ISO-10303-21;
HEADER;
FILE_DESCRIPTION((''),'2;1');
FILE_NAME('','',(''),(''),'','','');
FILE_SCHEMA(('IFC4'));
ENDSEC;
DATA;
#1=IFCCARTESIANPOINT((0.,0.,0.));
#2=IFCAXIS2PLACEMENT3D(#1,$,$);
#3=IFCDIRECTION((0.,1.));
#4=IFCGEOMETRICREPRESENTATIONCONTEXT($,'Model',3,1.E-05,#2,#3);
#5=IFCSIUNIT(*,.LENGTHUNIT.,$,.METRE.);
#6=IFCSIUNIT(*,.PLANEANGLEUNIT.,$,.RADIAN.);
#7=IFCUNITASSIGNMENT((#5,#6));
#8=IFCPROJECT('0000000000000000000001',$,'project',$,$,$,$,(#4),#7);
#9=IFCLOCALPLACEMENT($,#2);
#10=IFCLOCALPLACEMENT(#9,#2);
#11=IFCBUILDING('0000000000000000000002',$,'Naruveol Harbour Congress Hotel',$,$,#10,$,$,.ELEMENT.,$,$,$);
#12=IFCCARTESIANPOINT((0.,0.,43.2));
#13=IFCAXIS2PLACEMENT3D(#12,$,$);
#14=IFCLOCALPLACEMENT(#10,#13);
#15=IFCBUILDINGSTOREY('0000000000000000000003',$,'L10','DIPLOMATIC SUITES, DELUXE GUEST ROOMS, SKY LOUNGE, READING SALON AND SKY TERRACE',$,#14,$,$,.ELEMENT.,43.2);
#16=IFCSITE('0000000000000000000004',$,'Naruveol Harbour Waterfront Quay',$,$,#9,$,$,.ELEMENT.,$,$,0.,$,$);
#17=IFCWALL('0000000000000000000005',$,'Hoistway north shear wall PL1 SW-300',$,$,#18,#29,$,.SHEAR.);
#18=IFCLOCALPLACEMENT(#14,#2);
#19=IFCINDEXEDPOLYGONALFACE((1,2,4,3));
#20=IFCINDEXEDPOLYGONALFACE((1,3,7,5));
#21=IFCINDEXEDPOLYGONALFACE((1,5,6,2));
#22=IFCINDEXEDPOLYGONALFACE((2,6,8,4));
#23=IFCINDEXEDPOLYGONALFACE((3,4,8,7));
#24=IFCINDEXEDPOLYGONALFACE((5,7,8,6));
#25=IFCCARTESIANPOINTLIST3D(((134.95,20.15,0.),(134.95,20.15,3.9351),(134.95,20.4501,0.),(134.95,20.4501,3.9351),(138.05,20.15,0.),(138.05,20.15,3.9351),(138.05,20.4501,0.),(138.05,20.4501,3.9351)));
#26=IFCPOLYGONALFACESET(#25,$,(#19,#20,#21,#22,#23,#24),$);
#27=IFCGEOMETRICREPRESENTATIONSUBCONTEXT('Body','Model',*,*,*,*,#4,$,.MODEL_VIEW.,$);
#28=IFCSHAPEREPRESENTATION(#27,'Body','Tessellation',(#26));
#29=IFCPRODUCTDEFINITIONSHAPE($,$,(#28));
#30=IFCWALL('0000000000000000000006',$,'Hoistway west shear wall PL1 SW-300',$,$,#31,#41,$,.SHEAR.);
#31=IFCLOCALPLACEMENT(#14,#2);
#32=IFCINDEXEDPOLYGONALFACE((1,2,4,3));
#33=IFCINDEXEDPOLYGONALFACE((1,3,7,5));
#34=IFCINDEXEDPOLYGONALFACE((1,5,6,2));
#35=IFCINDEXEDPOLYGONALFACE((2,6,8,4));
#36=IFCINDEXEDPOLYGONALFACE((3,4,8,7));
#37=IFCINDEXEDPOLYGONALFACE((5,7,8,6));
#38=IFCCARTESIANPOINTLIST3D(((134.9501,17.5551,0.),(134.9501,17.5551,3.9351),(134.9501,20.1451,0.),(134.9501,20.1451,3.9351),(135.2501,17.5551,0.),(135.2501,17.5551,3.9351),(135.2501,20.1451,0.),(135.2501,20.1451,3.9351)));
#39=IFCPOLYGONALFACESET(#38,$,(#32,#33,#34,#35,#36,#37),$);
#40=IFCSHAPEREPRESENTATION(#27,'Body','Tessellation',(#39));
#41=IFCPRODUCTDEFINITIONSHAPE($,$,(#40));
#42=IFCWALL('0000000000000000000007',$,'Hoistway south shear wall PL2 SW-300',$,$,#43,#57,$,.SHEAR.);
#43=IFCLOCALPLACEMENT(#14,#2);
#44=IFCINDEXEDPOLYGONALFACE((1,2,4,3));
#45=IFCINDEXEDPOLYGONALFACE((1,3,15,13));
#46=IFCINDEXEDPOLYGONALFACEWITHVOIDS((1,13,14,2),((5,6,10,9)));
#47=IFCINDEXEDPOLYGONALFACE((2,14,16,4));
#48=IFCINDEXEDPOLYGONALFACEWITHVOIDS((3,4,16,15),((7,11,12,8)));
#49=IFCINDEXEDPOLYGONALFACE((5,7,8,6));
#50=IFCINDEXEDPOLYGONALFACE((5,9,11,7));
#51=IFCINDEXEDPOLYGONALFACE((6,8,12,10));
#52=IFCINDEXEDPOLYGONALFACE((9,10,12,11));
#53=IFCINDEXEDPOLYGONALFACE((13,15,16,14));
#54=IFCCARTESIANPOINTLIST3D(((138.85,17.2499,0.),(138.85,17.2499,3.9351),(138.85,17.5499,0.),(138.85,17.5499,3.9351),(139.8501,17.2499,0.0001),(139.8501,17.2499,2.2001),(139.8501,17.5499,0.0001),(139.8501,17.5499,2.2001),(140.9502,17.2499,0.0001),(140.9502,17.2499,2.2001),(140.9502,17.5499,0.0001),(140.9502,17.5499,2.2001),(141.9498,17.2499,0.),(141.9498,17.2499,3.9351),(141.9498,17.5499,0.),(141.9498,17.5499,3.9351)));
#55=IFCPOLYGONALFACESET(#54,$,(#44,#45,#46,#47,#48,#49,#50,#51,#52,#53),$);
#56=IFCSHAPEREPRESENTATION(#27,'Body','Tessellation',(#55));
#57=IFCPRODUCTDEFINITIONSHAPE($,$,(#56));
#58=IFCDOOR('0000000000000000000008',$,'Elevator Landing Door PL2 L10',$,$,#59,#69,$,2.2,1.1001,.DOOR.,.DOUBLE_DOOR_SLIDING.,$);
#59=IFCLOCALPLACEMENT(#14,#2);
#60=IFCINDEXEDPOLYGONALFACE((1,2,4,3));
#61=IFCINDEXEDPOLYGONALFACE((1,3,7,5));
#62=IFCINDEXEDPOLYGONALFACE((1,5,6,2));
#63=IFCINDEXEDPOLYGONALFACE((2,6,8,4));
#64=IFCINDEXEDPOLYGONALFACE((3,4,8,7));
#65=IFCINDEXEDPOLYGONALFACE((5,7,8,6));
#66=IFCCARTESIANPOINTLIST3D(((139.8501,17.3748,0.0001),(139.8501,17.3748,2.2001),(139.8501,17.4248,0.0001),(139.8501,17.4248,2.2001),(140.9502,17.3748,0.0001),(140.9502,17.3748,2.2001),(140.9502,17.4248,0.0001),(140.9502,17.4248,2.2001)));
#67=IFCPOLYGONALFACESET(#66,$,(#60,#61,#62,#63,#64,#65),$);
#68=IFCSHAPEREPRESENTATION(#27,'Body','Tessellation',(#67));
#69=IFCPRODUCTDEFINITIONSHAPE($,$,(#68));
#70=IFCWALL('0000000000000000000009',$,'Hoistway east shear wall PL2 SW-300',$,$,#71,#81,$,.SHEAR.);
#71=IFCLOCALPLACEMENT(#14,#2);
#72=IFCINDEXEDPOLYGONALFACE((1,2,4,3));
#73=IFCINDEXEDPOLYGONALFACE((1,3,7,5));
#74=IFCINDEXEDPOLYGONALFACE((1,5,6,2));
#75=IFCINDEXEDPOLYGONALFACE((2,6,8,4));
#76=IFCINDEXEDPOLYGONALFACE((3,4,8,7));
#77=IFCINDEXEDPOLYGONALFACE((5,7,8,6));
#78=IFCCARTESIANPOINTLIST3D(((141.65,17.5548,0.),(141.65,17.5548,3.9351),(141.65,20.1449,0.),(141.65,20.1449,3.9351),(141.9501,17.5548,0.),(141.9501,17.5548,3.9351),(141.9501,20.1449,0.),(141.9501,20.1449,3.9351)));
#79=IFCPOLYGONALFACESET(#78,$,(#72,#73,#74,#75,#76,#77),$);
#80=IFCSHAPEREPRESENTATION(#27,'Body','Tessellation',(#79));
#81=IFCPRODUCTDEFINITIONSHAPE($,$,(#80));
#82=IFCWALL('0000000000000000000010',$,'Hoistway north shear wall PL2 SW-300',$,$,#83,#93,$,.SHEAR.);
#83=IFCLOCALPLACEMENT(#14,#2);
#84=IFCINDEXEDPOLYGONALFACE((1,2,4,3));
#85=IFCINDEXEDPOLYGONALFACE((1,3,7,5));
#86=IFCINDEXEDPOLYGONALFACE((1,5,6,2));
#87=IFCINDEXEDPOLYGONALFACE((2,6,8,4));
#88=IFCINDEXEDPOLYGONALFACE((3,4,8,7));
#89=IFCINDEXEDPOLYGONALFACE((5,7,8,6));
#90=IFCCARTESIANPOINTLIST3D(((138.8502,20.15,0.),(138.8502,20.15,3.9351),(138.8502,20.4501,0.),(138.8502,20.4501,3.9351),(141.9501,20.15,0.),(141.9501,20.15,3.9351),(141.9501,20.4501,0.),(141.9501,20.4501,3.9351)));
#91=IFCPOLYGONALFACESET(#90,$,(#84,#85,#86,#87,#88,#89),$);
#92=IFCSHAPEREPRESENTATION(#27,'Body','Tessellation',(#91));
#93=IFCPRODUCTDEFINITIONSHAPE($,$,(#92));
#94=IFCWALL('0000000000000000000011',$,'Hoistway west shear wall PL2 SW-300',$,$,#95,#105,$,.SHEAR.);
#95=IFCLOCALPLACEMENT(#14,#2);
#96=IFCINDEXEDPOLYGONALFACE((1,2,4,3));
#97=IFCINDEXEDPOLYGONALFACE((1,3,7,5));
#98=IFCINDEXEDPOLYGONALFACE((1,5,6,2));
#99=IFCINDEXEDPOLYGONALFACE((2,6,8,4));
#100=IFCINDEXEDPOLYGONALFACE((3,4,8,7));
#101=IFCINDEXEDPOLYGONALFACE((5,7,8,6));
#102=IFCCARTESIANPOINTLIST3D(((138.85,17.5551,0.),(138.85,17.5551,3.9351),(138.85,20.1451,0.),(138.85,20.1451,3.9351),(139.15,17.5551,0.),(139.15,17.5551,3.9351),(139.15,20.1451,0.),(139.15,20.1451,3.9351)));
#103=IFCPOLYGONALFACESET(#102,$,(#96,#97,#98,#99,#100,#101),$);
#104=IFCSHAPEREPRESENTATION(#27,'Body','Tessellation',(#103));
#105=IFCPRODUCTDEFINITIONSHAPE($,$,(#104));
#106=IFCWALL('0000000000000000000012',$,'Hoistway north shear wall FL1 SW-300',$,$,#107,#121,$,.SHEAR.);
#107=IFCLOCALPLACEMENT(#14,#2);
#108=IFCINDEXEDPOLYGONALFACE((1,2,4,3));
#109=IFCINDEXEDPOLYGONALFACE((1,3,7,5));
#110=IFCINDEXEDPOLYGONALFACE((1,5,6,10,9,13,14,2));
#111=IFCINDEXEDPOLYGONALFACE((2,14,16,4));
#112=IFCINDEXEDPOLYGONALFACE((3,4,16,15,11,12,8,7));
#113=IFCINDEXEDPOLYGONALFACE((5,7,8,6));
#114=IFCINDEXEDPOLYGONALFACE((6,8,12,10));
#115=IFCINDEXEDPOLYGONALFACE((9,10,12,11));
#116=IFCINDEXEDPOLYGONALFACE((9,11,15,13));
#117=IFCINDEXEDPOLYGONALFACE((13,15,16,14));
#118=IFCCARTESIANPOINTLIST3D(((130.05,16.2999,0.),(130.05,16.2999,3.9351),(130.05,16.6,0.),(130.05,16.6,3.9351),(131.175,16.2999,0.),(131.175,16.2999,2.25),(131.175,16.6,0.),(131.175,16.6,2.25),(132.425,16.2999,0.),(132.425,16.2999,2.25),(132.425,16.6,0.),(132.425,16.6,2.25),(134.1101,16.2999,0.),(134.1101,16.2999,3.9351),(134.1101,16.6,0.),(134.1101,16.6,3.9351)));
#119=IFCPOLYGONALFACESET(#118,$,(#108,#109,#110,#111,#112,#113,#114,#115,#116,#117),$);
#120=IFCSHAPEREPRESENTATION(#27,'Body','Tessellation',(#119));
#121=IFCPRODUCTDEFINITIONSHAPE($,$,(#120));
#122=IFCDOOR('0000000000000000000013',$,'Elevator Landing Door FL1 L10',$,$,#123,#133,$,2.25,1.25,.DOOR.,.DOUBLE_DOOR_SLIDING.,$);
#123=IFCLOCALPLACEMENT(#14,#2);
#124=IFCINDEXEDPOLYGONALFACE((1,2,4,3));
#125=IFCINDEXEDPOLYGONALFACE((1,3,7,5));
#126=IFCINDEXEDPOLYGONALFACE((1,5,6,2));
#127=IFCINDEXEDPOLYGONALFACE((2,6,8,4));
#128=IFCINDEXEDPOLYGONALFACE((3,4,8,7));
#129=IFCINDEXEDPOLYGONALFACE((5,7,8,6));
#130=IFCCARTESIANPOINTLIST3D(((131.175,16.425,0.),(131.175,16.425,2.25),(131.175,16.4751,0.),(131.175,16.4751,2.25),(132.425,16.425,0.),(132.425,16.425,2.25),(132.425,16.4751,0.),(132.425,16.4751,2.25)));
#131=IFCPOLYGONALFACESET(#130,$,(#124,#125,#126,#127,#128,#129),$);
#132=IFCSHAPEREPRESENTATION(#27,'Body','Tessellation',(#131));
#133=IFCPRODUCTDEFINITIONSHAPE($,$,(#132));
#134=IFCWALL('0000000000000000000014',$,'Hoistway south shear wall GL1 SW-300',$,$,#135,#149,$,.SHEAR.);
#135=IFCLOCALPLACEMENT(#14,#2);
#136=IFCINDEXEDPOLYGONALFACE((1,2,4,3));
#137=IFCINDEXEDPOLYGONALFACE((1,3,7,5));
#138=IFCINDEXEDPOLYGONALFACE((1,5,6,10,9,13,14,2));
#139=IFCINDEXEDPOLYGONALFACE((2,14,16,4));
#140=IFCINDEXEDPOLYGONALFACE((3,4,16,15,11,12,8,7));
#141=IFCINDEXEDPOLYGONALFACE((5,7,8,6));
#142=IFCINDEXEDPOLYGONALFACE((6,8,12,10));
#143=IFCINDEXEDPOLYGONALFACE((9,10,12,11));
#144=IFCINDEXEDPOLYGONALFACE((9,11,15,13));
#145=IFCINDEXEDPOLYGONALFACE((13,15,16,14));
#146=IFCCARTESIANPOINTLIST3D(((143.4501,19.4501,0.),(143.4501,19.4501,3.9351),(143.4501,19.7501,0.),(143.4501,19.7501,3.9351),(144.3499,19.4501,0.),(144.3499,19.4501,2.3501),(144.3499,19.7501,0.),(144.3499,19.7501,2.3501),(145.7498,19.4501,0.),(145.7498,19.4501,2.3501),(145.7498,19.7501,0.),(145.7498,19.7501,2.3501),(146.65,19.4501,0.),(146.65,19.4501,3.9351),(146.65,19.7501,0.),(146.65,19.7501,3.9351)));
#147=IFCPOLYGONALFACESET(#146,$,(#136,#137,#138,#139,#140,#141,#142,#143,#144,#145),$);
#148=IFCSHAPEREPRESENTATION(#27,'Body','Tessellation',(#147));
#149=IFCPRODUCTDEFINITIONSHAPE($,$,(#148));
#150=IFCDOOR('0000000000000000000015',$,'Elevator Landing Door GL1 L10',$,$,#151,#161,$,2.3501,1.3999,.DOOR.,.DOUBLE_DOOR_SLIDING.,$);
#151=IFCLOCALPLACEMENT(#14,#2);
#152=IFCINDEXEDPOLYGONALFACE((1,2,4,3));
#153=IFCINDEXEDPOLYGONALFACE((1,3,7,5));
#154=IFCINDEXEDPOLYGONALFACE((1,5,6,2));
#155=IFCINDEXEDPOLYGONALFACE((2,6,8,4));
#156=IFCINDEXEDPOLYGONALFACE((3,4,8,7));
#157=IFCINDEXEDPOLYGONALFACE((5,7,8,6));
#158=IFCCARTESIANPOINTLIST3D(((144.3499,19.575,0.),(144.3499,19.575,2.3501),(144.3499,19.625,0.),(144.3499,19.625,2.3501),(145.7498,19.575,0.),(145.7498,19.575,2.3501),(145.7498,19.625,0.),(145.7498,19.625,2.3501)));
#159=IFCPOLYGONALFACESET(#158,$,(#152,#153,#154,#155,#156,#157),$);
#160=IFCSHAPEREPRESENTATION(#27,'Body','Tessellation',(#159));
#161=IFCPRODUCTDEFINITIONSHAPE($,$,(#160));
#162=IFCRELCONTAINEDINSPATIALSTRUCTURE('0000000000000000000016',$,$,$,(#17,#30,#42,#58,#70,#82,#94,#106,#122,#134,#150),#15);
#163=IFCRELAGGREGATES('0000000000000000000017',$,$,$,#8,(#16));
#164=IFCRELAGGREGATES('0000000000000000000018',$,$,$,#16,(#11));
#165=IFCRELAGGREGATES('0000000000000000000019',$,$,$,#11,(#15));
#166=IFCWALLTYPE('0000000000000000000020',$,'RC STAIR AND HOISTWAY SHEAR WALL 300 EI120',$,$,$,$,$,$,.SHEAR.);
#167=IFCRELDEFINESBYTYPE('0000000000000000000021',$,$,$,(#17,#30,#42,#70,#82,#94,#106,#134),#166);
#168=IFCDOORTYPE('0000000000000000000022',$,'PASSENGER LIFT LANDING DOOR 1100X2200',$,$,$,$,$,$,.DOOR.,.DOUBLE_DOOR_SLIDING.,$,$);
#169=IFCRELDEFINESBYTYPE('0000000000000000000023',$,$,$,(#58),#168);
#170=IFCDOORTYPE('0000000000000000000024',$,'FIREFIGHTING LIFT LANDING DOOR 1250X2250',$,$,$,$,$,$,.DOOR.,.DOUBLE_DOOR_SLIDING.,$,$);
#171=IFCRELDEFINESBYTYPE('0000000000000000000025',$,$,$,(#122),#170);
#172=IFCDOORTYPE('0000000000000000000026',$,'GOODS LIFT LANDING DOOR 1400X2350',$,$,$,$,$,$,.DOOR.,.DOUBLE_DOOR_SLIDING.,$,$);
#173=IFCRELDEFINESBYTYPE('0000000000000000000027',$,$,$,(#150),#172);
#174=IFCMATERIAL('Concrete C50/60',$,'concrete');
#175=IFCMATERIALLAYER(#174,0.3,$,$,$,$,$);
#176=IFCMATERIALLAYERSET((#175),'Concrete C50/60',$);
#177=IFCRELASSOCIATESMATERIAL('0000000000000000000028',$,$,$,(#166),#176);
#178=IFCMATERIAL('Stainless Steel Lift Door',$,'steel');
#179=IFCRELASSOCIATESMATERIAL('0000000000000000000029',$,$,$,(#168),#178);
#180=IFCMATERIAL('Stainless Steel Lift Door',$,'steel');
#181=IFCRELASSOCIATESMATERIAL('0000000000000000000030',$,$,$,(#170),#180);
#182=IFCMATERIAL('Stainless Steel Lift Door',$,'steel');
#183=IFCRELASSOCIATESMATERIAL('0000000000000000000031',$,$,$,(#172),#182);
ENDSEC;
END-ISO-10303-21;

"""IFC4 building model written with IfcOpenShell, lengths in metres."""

from ifc_helpers import new_model, si_unit, direction, frame, frame_2d, origin, place, context, subcontext, project, spatial, rectangle, extrude, material, layer, layer_set, type_object, element, fill, save


model = new_model("IFC4")

# Units and contexts
model_context = context("Model", 3, precision=1e-05, world=origin(), true_north=direction((0.0, 1.0)))
body_context = subcontext(model_context, "Body", "Model", "MODEL_VIEW")
ifc_project = project(units=[si_unit("LENGTHUNIT", "METRE"), si_unit("PLANEANGLEUNIT", "RADIAN")], contexts=[model_context])

# Site, building, storey
site_placement = place(None, origin())
site = spatial("IfcSite", under=ifc_project, at=site_placement, Name="Naruveol Harbour Waterfront Quay", CompositionType="ELEMENT", RefElevation=0.0)
building_placement = place(site_placement, origin())
building = spatial("IfcBuilding", under=site, at=building_placement, Name="Naruveol Harbour Congress Hotel", CompositionType="ELEMENT")
storey_placement = place(building_placement, frame((0.0, 0.0, 43.2)))
storey = spatial("IfcBuildingStorey", under=building, at=storey_placement, Name="L10", Description="DIPLOMATIC SUITES, DELUXE GUEST ROOMS, SKY LOUNGE, READING SALON AND SKY TERRACE", CompositionType="ELEMENT", Elevation=43.2)

# Shared definitions
ifc_material_1 = material(Name="Concrete C50/60", Category="concrete")
ifc_layer_1 = layer(ifc_material_1, 0.3)
ifc_layer_set_1 = layer_set([ifc_layer_1], Name="Concrete C50/60")
wall_type_1 = type_object("IfcWallType", Name="RC STAIR AND HOISTWAY SHEAR WALL 300 EI120", PredefinedType="SHEAR", material=ifc_layer_set_1)
ifc_material_2 = material(Name="Stainless Steel Lift Door", Category="steel")
door_type_1 = type_object("IfcDoorType", Name="PASSENGER LIFT LANDING DOOR 1100X2200", OperationType="DOUBLE_DOOR_SLIDING", PredefinedType="DOOR", material=ifc_material_2)

# Walls
wall_1_placement = place(storey_placement, frame((138.05, 20.3, 0.0), z_axis=(0.0, 0.0, 1.0), x_axis=(-1.0, 0.0, 0.0)))
element("IfcWall", 1, at=wall_1_placement, inside=storey, type_object=wall_type_1, Name="Hoistway north shear wall PL1 SW-300", PredefinedType="SHEAR", context=body_context, shape_type="SweptSolid", body=[
    extrude(rectangle(XDim=3.1001, YDim=0.3, at=frame_2d((1.55, 0.0))), origin(), (0.0, 0.0, 1.0), 3.9351),
])
wall_2_placement = place(storey_placement, frame((135.1001, 20.145, 0.0), z_axis=(0.0, 0.0, 1.0), x_axis=(0.0, -1.0, 0.0)))
element("IfcWall", 2, at=wall_2_placement, inside=storey, type_object=wall_type_1, Name="Hoistway west shear wall PL1 SW-300", PredefinedType="SHEAR", context=body_context, shape_type="SweptSolid", body=[
    extrude(rectangle(XDim=2.5901, YDim=0.3, at=frame_2d((1.2949, 0.0))), origin(), (0.0, 0.0, 1.0), 3.9351),
])

# Wall, opening, door
wall_3_placement = place(storey_placement, frame((138.8501, 17.3999, 0.0), z_axis=(0.0, 0.0, 1.0), x_axis=(1.0, 0.0, 0.0)))
wall_3 = element("IfcWall", 3, at=wall_3_placement, inside=storey, type_object=wall_type_1, Name="Hoistway south shear wall PL2 SW-300", PredefinedType="SHEAR", context=body_context, shape_type="SweptSolid", body=[
    extrude(rectangle(XDim=3.0999, YDim=0.3, at=frame_2d((1.5498, 0.0))), origin(), (0.0, 0.0, 1.0), 3.9351),
])
opening_1_placement = place(wall_3_placement, frame((1.0, 0.0, 0.0)))
opening_1 = element("IfcOpeningElement", 4, at=opening_1_placement, cuts=wall_3, PredefinedType="OPENING", context=body_context, shape_type="SweptSolid", body=[
    extrude(rectangle(XDim=1.1001, YDim=2.2, at=frame_2d((0.55, 1.1001))), frame((0.0, 0.1599, 0.0), z_axis=(0.0, -1.0, 0.0), x_axis=(1.0, 0.0, 0.0)), (0.0, 0.0, 1.0), 0.3201),
])
door_1_placement = place(opening_1_placement, origin())
door_1 = element("IfcDoor", 5, at=door_1_placement, inside=storey, type_object=door_type_1, Name="Elevator Landing Door PL2 L10", OperationType="DOUBLE_DOOR_SLIDING", OverallHeight=2.2, OverallWidth=1.1001, PredefinedType="DOOR", context=body_context, shape_type="SweptSolid", body=[
    extrude(rectangle(XDim=1.1001, YDim=2.2, at=frame_2d((0.55, 1.1001))), frame((0.0, 0.0249, 0.0), z_axis=(0.0, -1.0, 0.0), x_axis=(1.0, 0.0, 0.0)), (0.0, 0.0, 1.0), 0.05),
])
fill(opening_1, door_1)

# Walls
wall_4_placement = place(storey_placement, frame((141.8, 17.5549, 0.0), z_axis=(0.0, 0.0, 1.0), x_axis=(0.0, 1.0, 0.0)))
element("IfcWall", 6, at=wall_4_placement, inside=storey, type_object=wall_type_1, Name="Hoistway east shear wall PL2 SW-300", PredefinedType="SHEAR", context=body_context, shape_type="SweptSolid", body=[
    extrude(rectangle(XDim=2.5901, YDim=0.3, at=frame_2d((1.2949, 0.0))), origin(), (0.0, 0.0, 1.0), 3.9351),
])
wall_5_placement = place(storey_placement, frame((141.95, 20.3, 0.0), z_axis=(0.0, 0.0, 1.0), x_axis=(-1.0, 0.0, 0.0)))
element("IfcWall", 7, at=wall_5_placement, inside=storey, type_object=wall_type_1, Name="Hoistway north shear wall PL2 SW-300", PredefinedType="SHEAR", context=body_context, shape_type="SweptSolid", body=[
    extrude(rectangle(XDim=3.0999, YDim=0.3, at=frame_2d((1.5498, 0.0))), origin(), (0.0, 0.0, 1.0), 3.9351),
])
wall_6_placement = place(storey_placement, frame((139.0, 20.145, 0.0), z_axis=(0.0, 0.0, 1.0), x_axis=(0.0, -1.0, 0.0)))
element("IfcWall", 8, at=wall_6_placement, inside=storey, type_object=wall_type_1, Name="Hoistway west shear wall PL2 SW-300", PredefinedType="SHEAR", context=body_context, shape_type="SweptSolid", body=[
    extrude(rectangle(XDim=2.5901, YDim=0.3, at=frame_2d((1.2949, 0.0))), origin(), (0.0, 0.0, 1.0), 3.9351),
])

# Walls, openings, doors
wall_7_placement = place(storey_placement, frame((134.1101, 16.45, 0.0), z_axis=(0.0, 0.0, 1.0), x_axis=(-1.0, 0.0, 0.0)))
wall_7 = element("IfcWall", 9, at=wall_7_placement, inside=storey, type_object=wall_type_1, Name="Hoistway north shear wall FL1 SW-300", PredefinedType="SHEAR", context=body_context, shape_type="SweptSolid", body=[
    extrude(rectangle(XDim=4.0601, YDim=0.3, at=frame_2d((2.03, 0.0))), origin(), (0.0, 0.0, 1.0), 3.9351),
])
opening_2_placement = place(wall_7_placement, frame((1.6851, 0.0, 0.0)))
opening_2 = element("IfcOpeningElement", 10, at=opening_2_placement, cuts=wall_7, PredefinedType="OPENING", context=body_context, shape_type="SweptSolid", body=[
    extrude(rectangle(XDim=1.25, YDim=2.25, at=frame_2d((0.625, 1.125))), frame((0.0, 0.1599, 0.0), z_axis=(0.0, -1.0, 0.0), x_axis=(1.0, 0.0, 0.0)), (0.0, 0.0, 1.0), 0.3201),
])
ifc_material_3 = material(Name="Stainless Steel Lift Door", Category="steel")
door_type_2 = type_object("IfcDoorType", Name="FIREFIGHTING LIFT LANDING DOOR 1250X2250", OperationType="DOUBLE_DOOR_SLIDING", PredefinedType="DOOR", material=ifc_material_3)
door_2_placement = place(opening_2_placement, origin())
door_2 = element("IfcDoor", 11, at=door_2_placement, inside=storey, type_object=door_type_2, Name="Elevator Landing Door FL1 L10", OperationType="DOUBLE_DOOR_SLIDING", OverallHeight=2.25, OverallWidth=1.25, PredefinedType="DOOR", context=body_context, shape_type="SweptSolid", body=[
    extrude(rectangle(XDim=1.25, YDim=2.25, at=frame_2d((0.625, 1.125))), frame((0.0, 0.0249, 0.0), z_axis=(0.0, -1.0, 0.0), x_axis=(1.0, 0.0, 0.0)), (0.0, 0.0, 1.0), 0.05),
])
fill(opening_2, door_2)
wall_8_placement = place(storey_placement, frame((143.45, 19.6001, 0.0), z_axis=(0.0, 0.0, 1.0), x_axis=(1.0, 0.0, 0.0)))
wall_8 = element("IfcWall", 12, at=wall_8_placement, inside=storey, type_object=wall_type_1, Name="Hoistway south shear wall GL1 SW-300", PredefinedType="SHEAR", context=body_context, shape_type="SweptSolid", body=[
    extrude(rectangle(XDim=3.2, YDim=0.3, at=frame_2d((1.6001, 0.0))), origin(), (0.0, 0.0, 1.0), 3.9351),
])
opening_3_placement = place(wall_8_placement, frame((0.8999, 0.0, 0.0)))
opening_3 = element("IfcOpeningElement", 13, at=opening_3_placement, cuts=wall_8, PredefinedType="OPENING", context=body_context, shape_type="SweptSolid", body=[
    extrude(rectangle(XDim=1.3999, YDim=2.3501, at=frame_2d((0.7, 1.175))), frame((0.0, 0.1599, 0.0), z_axis=(0.0, -1.0, 0.0), x_axis=(1.0, 0.0, 0.0)), (0.0, 0.0, 1.0), 0.3201),
])
ifc_material_4 = material(Name="Stainless Steel Lift Door", Category="steel")
door_type_3 = type_object("IfcDoorType", Name="GOODS LIFT LANDING DOOR 1400X2350", OperationType="DOUBLE_DOOR_SLIDING", PredefinedType="DOOR", material=ifc_material_4)
door_3_placement = place(opening_3_placement, origin())
door_3 = element("IfcDoor", 14, at=door_3_placement, inside=storey, type_object=door_type_3, Name="Elevator Landing Door GL1 L10", OperationType="DOUBLE_DOOR_SLIDING", OverallHeight=2.3501, OverallWidth=1.3999, PredefinedType="DOOR", context=body_context, shape_type="SweptSolid", body=[
    extrude(rectangle(XDim=1.3999, YDim=2.3501, at=frame_2d((0.7, 1.175))), frame((0.0, 0.0249, 0.0), z_axis=(0.0, -1.0, 0.0), x_axis=(1.0, 0.0, 0.0)), (0.0, 0.0, 1.0), 0.05),
])
fill(opening_3, door_3)

save(model, "model.ifc")
